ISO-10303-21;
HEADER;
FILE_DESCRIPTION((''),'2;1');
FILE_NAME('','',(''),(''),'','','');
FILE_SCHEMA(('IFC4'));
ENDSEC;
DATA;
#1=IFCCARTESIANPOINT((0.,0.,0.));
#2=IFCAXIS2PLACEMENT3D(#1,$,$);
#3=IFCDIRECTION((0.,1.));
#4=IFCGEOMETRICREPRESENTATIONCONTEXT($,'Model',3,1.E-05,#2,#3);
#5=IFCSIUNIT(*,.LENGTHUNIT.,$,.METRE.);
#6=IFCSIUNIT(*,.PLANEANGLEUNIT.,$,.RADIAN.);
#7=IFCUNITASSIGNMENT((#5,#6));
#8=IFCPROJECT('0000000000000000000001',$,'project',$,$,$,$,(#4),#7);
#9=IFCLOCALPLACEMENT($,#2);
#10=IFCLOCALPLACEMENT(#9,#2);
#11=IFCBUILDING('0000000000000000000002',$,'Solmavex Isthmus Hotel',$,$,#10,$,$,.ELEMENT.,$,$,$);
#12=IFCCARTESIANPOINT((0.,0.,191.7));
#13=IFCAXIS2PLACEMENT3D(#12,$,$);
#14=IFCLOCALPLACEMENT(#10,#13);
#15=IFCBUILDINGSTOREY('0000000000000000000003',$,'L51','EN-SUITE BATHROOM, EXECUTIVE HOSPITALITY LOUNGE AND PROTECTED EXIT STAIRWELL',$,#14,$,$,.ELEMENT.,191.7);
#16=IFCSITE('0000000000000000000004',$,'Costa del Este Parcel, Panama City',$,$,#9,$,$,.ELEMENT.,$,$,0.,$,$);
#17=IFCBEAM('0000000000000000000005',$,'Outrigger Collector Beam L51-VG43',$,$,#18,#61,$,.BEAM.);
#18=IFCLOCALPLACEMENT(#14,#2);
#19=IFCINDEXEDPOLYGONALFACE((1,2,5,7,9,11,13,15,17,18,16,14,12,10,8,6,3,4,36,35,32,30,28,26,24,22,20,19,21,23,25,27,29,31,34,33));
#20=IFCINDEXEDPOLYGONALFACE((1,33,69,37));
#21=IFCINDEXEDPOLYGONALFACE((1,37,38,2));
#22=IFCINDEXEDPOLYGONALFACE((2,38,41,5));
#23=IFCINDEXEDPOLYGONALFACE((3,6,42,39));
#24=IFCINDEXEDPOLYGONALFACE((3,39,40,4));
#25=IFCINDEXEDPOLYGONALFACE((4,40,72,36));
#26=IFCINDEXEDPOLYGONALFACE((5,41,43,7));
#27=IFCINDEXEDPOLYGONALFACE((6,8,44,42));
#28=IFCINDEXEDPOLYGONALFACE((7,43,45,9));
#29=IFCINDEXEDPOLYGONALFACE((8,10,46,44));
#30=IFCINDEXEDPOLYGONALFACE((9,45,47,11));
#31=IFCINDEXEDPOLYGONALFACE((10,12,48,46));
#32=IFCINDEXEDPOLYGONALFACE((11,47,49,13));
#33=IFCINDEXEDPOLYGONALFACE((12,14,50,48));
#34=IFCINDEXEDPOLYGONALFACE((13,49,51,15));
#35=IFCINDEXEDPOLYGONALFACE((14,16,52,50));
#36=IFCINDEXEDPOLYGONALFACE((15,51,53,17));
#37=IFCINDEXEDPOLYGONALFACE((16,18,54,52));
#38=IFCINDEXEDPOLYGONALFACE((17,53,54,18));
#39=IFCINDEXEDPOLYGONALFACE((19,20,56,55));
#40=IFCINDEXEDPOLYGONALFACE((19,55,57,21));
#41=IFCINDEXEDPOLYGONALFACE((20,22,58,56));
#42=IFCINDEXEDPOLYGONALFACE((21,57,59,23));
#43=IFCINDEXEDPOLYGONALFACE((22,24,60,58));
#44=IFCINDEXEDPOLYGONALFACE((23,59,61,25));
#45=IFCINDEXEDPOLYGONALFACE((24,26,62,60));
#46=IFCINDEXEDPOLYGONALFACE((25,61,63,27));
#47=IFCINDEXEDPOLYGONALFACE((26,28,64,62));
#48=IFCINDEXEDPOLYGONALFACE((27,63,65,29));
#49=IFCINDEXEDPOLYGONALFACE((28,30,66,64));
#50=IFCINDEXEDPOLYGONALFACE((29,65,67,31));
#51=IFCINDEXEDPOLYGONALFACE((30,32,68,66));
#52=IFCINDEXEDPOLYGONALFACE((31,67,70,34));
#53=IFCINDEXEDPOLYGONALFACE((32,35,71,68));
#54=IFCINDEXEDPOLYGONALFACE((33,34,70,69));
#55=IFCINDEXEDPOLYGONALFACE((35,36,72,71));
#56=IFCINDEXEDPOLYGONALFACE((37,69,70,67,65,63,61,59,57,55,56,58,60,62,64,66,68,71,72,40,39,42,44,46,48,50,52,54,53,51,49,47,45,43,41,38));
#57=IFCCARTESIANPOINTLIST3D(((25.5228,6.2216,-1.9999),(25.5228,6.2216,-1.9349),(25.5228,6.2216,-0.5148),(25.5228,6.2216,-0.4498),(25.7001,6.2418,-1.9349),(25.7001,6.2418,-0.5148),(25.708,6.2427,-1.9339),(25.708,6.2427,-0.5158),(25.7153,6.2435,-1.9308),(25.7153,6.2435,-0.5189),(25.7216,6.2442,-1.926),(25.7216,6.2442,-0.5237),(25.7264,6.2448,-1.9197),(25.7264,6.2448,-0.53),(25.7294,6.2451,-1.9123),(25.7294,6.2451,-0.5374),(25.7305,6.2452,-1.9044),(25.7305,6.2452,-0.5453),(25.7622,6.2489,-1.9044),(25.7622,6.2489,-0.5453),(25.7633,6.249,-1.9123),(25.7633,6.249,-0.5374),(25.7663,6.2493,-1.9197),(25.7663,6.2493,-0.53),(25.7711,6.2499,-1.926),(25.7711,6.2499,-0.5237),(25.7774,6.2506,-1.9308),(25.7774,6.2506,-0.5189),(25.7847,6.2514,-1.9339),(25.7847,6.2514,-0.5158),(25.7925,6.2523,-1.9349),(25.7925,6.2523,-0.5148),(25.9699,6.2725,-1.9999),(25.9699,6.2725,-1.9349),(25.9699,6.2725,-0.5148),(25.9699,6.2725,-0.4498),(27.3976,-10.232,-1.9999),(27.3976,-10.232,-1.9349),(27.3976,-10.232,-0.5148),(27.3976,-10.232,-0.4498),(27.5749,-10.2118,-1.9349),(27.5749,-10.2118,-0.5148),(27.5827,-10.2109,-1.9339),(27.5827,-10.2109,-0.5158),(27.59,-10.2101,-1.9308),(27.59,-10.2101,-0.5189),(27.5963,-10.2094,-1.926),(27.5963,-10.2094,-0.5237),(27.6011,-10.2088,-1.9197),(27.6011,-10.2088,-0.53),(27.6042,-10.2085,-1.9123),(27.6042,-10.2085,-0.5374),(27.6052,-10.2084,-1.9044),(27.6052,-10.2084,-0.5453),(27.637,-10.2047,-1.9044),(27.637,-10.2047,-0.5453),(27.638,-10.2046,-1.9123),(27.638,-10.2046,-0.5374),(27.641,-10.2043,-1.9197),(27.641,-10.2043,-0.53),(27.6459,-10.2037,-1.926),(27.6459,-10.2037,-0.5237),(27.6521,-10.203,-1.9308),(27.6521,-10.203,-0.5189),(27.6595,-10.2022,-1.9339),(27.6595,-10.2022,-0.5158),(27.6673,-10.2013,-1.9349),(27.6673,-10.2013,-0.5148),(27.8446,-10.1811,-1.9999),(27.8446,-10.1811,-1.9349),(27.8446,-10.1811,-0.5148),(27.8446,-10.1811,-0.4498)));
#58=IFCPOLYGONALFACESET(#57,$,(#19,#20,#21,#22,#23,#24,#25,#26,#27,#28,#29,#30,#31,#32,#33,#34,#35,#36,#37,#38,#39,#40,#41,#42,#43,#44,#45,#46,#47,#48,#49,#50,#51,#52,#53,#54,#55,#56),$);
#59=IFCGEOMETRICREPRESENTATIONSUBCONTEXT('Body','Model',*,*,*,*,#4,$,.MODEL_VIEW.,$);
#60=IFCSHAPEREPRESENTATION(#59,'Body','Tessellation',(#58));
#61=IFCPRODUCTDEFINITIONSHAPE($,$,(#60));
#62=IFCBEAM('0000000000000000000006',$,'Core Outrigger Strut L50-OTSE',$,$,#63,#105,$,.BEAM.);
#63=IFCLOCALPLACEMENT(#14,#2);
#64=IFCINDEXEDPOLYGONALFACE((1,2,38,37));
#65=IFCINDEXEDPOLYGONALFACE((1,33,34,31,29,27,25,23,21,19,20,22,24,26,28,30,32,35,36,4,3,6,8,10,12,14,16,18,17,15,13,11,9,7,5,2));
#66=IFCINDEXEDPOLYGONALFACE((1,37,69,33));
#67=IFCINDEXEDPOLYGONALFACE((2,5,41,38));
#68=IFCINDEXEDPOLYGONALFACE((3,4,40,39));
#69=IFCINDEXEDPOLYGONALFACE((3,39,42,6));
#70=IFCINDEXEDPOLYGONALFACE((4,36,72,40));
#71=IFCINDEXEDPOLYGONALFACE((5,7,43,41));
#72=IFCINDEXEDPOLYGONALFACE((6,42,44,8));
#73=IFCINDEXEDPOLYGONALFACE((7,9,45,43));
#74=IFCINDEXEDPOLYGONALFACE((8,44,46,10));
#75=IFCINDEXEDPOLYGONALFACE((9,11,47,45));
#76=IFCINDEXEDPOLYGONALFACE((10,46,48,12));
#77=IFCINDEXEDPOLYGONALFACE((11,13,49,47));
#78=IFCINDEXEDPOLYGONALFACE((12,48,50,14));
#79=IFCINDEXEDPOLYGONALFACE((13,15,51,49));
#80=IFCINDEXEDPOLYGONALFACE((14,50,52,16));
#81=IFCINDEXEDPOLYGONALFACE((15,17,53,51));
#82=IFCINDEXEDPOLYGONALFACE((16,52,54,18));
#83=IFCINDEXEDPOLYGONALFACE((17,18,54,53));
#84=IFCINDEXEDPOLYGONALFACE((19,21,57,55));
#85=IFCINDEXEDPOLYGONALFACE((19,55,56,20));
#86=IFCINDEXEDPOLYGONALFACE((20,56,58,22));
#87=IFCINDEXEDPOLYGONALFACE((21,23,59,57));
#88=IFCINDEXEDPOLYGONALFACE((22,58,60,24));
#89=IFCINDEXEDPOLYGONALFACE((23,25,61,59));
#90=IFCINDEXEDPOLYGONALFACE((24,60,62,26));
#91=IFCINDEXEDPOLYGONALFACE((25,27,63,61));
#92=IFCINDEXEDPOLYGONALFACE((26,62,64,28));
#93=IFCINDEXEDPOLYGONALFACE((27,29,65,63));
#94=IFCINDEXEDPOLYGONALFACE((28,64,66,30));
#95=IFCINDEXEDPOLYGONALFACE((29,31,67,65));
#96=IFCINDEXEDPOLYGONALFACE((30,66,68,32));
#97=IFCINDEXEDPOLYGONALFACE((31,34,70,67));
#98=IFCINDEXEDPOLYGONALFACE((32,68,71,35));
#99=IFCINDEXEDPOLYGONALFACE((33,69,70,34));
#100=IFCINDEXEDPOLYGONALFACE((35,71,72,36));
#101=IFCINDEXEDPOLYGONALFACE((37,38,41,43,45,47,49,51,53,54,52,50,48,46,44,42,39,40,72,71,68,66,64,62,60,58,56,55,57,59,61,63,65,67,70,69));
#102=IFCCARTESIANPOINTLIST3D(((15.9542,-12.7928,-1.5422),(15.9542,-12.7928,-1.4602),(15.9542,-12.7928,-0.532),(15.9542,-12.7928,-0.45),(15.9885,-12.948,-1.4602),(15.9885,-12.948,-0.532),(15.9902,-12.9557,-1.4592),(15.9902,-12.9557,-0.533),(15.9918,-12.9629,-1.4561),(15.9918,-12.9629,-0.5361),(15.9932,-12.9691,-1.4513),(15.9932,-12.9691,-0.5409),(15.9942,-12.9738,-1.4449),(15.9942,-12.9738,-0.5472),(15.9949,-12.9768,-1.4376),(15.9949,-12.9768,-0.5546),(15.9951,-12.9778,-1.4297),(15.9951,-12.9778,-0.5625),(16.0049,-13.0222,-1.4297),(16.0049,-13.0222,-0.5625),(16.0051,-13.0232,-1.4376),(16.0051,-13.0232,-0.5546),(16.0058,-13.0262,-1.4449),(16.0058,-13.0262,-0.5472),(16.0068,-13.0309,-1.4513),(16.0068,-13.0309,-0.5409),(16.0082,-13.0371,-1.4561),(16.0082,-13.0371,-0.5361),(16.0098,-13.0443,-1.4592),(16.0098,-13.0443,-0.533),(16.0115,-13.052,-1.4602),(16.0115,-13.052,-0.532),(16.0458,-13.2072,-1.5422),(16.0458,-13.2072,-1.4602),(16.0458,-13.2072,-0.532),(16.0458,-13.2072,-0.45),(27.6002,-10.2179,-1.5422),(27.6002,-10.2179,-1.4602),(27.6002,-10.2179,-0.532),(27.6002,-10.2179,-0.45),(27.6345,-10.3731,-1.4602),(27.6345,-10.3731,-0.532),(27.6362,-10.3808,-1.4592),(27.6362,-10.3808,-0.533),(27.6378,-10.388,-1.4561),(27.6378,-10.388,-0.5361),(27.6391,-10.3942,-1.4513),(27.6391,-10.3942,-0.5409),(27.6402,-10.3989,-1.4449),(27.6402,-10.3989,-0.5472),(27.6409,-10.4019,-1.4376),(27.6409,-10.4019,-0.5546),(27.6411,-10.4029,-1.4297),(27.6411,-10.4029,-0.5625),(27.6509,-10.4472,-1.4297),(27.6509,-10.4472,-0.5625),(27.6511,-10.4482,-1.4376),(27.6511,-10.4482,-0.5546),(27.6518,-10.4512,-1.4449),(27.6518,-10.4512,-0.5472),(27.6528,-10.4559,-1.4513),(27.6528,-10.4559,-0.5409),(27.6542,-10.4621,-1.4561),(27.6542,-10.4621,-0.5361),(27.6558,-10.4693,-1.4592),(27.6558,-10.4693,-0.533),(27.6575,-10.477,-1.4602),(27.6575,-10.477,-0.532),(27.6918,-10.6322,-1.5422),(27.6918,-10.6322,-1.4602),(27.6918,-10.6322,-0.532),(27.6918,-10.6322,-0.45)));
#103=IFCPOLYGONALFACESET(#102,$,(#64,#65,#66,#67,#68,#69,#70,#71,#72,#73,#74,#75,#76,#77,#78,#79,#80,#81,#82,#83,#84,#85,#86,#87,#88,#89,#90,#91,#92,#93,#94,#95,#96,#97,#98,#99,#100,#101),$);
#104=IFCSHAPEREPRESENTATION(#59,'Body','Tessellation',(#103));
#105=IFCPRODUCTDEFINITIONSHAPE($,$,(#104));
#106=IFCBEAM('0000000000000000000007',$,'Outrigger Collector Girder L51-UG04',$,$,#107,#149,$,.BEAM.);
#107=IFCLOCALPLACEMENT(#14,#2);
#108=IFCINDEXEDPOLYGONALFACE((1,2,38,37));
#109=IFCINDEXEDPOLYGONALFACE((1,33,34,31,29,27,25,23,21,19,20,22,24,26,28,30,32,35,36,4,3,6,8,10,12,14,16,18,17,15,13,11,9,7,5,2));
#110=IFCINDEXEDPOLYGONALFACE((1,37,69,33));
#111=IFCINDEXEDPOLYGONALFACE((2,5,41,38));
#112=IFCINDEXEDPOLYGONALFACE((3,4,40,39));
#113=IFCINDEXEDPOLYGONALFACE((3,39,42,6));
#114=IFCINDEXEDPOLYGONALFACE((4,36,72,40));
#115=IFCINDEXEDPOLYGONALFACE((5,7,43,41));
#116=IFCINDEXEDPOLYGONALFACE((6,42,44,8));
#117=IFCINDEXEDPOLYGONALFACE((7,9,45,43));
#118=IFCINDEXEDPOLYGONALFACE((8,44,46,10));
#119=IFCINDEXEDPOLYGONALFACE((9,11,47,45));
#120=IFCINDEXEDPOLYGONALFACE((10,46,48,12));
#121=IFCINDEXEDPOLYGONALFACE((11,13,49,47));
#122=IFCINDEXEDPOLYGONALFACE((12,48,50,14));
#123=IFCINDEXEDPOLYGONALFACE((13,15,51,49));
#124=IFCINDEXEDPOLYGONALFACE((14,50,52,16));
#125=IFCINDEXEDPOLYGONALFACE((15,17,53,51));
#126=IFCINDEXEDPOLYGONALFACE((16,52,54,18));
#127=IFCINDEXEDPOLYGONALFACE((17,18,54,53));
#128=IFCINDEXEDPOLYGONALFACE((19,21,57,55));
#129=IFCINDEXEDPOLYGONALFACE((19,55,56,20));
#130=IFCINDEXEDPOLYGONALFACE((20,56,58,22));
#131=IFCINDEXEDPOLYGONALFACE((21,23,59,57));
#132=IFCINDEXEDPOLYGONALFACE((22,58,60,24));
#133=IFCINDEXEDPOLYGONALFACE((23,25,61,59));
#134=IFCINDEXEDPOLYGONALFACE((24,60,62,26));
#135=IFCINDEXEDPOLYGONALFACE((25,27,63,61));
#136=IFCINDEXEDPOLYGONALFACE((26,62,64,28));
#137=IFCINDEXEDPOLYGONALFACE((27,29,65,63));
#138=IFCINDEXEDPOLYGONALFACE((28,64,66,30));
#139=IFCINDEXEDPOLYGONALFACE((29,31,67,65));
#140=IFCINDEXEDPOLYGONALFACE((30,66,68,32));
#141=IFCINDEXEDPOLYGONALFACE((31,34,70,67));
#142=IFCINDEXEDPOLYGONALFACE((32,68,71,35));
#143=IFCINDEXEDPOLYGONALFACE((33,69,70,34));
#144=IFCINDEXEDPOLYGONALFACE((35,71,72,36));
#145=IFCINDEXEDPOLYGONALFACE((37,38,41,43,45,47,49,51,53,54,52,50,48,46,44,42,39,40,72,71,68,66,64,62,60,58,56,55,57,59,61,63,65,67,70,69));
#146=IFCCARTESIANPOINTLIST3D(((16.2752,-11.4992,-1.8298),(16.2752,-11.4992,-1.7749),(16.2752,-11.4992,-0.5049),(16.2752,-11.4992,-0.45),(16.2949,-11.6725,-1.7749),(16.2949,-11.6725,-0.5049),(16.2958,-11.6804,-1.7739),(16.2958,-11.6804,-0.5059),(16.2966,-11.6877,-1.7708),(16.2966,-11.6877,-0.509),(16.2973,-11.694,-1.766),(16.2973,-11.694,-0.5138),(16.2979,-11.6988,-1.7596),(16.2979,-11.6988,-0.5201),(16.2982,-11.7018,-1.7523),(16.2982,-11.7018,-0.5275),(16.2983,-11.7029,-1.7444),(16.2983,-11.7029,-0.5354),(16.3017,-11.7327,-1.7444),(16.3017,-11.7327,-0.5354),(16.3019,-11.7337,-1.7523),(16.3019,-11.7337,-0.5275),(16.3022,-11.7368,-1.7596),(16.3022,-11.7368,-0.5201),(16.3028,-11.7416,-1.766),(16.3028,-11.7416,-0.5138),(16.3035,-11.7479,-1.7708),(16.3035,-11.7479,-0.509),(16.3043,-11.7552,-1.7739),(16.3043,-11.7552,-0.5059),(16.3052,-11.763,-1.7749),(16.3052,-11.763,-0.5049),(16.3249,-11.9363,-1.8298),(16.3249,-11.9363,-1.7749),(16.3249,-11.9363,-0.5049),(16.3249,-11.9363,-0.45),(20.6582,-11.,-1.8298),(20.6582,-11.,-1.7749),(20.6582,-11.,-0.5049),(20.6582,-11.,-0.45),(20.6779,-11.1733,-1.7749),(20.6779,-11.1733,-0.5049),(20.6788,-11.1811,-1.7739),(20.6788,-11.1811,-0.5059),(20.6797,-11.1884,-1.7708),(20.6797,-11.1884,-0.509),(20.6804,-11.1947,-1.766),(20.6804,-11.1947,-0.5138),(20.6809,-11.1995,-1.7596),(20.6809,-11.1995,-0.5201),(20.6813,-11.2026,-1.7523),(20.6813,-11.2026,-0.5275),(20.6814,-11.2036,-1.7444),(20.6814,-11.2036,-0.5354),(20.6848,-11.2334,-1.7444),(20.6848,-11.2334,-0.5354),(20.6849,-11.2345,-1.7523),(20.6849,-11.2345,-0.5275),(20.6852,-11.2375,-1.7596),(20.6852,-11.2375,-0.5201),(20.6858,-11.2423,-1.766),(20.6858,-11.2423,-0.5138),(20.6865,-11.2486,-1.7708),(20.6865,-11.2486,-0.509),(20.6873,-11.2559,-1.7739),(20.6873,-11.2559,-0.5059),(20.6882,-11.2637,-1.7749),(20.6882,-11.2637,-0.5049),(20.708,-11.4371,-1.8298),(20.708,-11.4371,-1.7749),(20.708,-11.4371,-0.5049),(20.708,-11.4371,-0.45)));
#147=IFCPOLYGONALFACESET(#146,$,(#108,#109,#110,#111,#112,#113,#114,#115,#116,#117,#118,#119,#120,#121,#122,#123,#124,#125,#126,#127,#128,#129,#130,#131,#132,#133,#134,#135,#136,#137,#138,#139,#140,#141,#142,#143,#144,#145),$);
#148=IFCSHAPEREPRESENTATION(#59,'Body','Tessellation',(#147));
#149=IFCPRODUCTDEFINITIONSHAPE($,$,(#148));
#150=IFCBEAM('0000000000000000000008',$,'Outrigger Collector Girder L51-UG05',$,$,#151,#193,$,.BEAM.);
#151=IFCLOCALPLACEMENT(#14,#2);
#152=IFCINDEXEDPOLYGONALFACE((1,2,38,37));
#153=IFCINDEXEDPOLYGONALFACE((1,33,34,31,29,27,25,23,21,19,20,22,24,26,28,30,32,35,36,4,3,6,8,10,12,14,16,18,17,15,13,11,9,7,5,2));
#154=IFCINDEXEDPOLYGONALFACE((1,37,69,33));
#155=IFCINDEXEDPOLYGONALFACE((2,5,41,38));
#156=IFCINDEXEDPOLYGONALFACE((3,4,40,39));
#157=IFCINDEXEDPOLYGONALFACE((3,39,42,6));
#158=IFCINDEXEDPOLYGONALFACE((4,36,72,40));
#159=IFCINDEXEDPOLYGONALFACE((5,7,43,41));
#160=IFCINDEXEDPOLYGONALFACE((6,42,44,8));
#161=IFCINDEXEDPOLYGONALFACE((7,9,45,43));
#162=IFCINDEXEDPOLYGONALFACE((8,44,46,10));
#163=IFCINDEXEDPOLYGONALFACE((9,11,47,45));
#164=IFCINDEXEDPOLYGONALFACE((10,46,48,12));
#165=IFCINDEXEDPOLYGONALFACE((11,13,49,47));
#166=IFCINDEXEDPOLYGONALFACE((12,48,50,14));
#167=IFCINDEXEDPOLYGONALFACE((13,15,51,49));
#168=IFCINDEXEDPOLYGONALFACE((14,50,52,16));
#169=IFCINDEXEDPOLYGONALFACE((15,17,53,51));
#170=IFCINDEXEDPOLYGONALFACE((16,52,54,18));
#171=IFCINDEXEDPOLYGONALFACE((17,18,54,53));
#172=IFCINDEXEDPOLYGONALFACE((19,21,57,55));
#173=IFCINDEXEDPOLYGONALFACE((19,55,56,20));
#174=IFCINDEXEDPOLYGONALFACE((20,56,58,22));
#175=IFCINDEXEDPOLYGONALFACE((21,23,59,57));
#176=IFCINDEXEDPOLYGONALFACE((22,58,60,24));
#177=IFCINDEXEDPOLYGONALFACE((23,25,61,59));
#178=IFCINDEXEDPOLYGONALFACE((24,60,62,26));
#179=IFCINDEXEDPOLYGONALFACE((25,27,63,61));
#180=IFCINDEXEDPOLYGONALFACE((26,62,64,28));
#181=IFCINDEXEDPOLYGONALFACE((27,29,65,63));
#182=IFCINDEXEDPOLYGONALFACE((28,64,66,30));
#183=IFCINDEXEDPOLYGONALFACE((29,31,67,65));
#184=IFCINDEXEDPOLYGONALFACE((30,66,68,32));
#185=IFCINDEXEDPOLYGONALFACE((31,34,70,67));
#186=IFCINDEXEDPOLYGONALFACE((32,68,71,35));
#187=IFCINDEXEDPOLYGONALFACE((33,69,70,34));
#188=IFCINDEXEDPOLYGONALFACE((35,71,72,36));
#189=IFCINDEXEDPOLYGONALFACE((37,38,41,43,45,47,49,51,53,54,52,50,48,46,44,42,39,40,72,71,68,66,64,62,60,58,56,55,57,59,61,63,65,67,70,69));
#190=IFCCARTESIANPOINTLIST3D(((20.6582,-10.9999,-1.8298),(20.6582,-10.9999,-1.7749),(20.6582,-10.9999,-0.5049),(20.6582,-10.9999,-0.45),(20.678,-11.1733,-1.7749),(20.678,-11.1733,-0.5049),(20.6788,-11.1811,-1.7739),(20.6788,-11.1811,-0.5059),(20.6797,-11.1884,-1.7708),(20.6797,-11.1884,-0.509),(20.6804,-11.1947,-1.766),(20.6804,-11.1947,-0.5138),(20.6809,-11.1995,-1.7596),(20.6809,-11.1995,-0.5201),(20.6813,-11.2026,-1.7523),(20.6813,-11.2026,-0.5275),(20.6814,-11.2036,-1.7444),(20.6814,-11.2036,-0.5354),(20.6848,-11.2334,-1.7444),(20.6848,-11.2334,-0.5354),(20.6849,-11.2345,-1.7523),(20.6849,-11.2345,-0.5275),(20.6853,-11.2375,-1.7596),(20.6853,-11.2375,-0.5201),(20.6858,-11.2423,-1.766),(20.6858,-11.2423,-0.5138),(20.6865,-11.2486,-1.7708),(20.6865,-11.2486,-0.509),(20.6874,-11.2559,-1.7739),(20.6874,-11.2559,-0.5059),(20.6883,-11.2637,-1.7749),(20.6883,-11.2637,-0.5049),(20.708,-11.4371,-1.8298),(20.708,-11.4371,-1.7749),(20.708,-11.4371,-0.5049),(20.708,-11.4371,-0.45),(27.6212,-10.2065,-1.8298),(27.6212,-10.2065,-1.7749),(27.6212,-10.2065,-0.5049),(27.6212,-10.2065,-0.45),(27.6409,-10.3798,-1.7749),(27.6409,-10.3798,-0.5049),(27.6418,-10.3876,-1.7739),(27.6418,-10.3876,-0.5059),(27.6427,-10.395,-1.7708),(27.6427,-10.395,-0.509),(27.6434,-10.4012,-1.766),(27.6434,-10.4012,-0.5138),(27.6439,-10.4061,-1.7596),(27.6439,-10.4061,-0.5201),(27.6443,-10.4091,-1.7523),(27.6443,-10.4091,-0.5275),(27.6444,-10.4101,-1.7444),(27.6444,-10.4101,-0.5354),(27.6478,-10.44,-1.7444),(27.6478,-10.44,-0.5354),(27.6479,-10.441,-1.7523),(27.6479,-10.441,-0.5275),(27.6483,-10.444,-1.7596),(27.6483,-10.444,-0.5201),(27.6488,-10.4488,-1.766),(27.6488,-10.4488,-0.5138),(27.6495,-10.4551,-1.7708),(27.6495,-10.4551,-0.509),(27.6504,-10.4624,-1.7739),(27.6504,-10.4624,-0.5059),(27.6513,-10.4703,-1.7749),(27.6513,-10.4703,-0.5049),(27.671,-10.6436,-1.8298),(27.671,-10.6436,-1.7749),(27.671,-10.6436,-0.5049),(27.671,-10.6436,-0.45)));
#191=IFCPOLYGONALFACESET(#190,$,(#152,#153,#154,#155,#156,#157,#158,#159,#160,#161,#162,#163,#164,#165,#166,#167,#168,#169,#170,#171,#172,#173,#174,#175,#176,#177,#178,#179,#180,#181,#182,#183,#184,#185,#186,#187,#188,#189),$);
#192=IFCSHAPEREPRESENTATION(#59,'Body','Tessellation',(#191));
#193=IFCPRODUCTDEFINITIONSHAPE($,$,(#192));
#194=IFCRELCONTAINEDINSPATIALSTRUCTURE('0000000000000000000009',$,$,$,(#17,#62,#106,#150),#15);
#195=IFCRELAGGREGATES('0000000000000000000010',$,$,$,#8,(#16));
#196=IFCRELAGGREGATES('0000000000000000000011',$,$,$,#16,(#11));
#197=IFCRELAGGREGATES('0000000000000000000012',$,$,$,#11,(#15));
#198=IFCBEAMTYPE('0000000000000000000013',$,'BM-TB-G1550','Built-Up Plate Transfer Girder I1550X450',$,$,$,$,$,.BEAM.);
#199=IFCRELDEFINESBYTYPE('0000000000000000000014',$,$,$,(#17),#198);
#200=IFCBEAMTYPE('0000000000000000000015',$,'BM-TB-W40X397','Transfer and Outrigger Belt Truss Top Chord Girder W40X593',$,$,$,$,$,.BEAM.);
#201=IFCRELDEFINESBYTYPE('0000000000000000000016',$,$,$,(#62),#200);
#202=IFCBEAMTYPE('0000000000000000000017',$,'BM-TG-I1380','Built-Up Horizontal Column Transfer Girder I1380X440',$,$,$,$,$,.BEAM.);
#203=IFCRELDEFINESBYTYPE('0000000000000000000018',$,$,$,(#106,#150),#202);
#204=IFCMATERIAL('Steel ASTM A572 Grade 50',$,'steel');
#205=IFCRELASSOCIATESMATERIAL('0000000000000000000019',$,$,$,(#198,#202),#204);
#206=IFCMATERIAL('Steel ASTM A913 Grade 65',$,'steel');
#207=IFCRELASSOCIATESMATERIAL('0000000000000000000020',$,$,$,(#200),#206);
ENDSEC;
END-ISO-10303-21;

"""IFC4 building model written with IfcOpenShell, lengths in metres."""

from ifc_helpers import new_model, si_unit, direction, frame, origin, origin_2d, place, context, subcontext, project, spatial, i_section, extrude, material, material_profile, profile_set, type_object, element, save


model = new_model("IFC4")

# Units and contexts
model_context = context("Model", 3, precision=1e-05, world=origin(), true_north=direction((0.0, 1.0)))
body_context = subcontext(model_context, "Body", "Model", "MODEL_VIEW")
ifc_project = project(units=[si_unit("LENGTHUNIT", "METRE"), si_unit("PLANEANGLEUNIT", "RADIAN")], contexts=[model_context])

# Site, building, storey
site_placement = place(None, origin())
site = spatial("IfcSite", under=ifc_project, at=site_placement, Name="Costa del Este Parcel, Panama City", CompositionType="ELEMENT", RefElevation=0.0)
building_placement = place(site_placement, origin())
building = spatial("IfcBuilding", under=site, at=building_placement, Name="Solmavex Isthmus Hotel", CompositionType="ELEMENT")
storey_placement = place(building_placement, frame((0.0, 0.0, 191.7)))
storey = spatial("IfcBuildingStorey", under=building, at=storey_placement, Name="L51", Description="EN-SUITE BATHROOM, EXECUTIVE HOSPITALITY LOUNGE AND PROTECTED EXIT STAIRWELL", CompositionType="ELEMENT", Elevation=191.7)

# Shared definitions
ifc_material_1 = material(Name="Steel ASTM A913 Grade 65", Category="steel")

# Beams
ifc_material_2 = material(Name="Steel ASTM A572 Grade 50", Category="steel")
ifc_material_profile_1 = material_profile(ifc_material_2, i_section(OverallWidth=0.45, OverallDepth=1.55, WebThickness=0.032, FlangeThickness=0.0649, FilletRadius=0.0305, at=origin_2d()), Name="I1550X450")
ifc_profile_set_1 = profile_set([ifc_material_profile_1], Name="Steel ASTM A572 Grade 50")
beam_type_1 = type_object("IfcBeamType", Name="BM-TB-G1550", Description="Built-Up Plate Transfer Girder I1550X450", PredefinedType="BEAM", material=ifc_profile_set_1)
for number, where, z_axis, x_axis, name in (
    (1, (27.6211, -10.2065, -1.2249), (-0.113209, 0.993571, 0.0), (-0.993571, -0.113209, 0.0), "Outrigger Collector Beam L51-VG43"),
):
    element("IfcBeam", number, at=place(storey_placement, frame(where, z_axis=z_axis, x_axis=x_axis)), inside=storey, type_object=beam_type_1, Name=name, PredefinedType="BEAM", context=body_context, shape_type="SweptSolid", body=[
        extrude(i_section(OverallWidth=0.45, OverallDepth=1.55, WebThickness=0.032, FlangeThickness=0.0649, FilletRadius=0.0305, at=origin_2d()), origin(), (0.0, 0.0, 1.0), 16.5601),
    ])
ifc_material_profile_2 = material_profile(ifc_material_1, i_section(OverallWidth=0.4243, OverallDepth=1.0923, WebThickness=0.0454, FlangeThickness=0.082, FilletRadius=0.0305, at=origin_2d()), Name="W40X593")
ifc_profile_set_2 = profile_set([ifc_material_profile_2], Name="Steel ASTM A913 Grade 65")
beam_type_2 = type_object("IfcBeamType", Name="BM-TB-W40X397", Description="Transfer and Outrigger Belt Truss Top Chord Girder W40X593", PredefinedType="BEAM", material=ifc_profile_set_2)
beam_1_placement = place(storey_placement, frame((16.0, -13.0, -0.9961), z_axis=(0.976418, 0.215888, 0.0), x_axis=(-0.215888, 0.976418, 0.0)))
element("IfcBeam", 2, at=beam_1_placement, inside=storey, type_object=beam_type_2, Name="Core Outrigger Strut L50-OTSE", PredefinedType="BEAM", context=body_context, shape_type="SweptSolid", body=[
    extrude(i_section(OverallWidth=0.4243, OverallDepth=1.0923, WebThickness=0.0454, FlangeThickness=0.082, FilletRadius=0.0305, at=origin_2d()), origin(), (0.0, 0.0, 1.0), 11.9272),
])
ifc_material_profile_3 = material_profile(ifc_material_2, i_section(OverallWidth=0.4399, OverallDepth=1.3799, WebThickness=0.03, FlangeThickness=0.0549, FilletRadius=0.0305, at=origin_2d()), Name="I1380X440")
ifc_profile_set_3 = profile_set([ifc_material_profile_3], Name="Steel ASTM A572 Grade 50")
beam_type_3 = type_object("IfcBeamType", Name="BM-TG-I1380", Description="Built-Up Horizontal Column Transfer Girder I1380X440", PredefinedType="BEAM", material=ifc_profile_set_3)
beam_2_placement = place(storey_placement, frame((16.3, -11.7178, -1.1399), z_axis=(0.993575, 0.113177, 0.0), x_axis=(-0.113177, 0.993575, 0.0)))
element("IfcBeam", 3, at=beam_2_placement, inside=storey, type_object=beam_type_3, Name="Outrigger Collector Girder L51-UG04", PredefinedType="BEAM", context=body_context, shape_type="SweptSolid", body=[
    extrude(i_section(OverallWidth=0.4399, OverallDepth=1.3799, WebThickness=0.03, FlangeThickness=0.0549, FilletRadius=0.0305, at=origin_2d()), origin(), (0.0, 0.0, 1.0), 4.4114),
])
beam_3_placement = place(storey_placement, frame((20.6831, -11.2185, -1.1399), z_axis=(0.99357, 0.113222, 0.0), x_axis=(-0.113222, 0.99357, 0.0)))
element("IfcBeam", 4, at=beam_3_placement, inside=storey, type_object=beam_type_3, Name="Outrigger Collector Girder L51-UG05", PredefinedType="BEAM", context=body_context, shape_type="SweptSolid", body=[
    extrude(i_section(OverallWidth=0.4399, OverallDepth=1.3799, WebThickness=0.03, FlangeThickness=0.0549, FilletRadius=0.0305, at=origin_2d()), origin(), (0.0, 0.0, 1.0), 7.0081),
])

save(model, "model.ifc")
